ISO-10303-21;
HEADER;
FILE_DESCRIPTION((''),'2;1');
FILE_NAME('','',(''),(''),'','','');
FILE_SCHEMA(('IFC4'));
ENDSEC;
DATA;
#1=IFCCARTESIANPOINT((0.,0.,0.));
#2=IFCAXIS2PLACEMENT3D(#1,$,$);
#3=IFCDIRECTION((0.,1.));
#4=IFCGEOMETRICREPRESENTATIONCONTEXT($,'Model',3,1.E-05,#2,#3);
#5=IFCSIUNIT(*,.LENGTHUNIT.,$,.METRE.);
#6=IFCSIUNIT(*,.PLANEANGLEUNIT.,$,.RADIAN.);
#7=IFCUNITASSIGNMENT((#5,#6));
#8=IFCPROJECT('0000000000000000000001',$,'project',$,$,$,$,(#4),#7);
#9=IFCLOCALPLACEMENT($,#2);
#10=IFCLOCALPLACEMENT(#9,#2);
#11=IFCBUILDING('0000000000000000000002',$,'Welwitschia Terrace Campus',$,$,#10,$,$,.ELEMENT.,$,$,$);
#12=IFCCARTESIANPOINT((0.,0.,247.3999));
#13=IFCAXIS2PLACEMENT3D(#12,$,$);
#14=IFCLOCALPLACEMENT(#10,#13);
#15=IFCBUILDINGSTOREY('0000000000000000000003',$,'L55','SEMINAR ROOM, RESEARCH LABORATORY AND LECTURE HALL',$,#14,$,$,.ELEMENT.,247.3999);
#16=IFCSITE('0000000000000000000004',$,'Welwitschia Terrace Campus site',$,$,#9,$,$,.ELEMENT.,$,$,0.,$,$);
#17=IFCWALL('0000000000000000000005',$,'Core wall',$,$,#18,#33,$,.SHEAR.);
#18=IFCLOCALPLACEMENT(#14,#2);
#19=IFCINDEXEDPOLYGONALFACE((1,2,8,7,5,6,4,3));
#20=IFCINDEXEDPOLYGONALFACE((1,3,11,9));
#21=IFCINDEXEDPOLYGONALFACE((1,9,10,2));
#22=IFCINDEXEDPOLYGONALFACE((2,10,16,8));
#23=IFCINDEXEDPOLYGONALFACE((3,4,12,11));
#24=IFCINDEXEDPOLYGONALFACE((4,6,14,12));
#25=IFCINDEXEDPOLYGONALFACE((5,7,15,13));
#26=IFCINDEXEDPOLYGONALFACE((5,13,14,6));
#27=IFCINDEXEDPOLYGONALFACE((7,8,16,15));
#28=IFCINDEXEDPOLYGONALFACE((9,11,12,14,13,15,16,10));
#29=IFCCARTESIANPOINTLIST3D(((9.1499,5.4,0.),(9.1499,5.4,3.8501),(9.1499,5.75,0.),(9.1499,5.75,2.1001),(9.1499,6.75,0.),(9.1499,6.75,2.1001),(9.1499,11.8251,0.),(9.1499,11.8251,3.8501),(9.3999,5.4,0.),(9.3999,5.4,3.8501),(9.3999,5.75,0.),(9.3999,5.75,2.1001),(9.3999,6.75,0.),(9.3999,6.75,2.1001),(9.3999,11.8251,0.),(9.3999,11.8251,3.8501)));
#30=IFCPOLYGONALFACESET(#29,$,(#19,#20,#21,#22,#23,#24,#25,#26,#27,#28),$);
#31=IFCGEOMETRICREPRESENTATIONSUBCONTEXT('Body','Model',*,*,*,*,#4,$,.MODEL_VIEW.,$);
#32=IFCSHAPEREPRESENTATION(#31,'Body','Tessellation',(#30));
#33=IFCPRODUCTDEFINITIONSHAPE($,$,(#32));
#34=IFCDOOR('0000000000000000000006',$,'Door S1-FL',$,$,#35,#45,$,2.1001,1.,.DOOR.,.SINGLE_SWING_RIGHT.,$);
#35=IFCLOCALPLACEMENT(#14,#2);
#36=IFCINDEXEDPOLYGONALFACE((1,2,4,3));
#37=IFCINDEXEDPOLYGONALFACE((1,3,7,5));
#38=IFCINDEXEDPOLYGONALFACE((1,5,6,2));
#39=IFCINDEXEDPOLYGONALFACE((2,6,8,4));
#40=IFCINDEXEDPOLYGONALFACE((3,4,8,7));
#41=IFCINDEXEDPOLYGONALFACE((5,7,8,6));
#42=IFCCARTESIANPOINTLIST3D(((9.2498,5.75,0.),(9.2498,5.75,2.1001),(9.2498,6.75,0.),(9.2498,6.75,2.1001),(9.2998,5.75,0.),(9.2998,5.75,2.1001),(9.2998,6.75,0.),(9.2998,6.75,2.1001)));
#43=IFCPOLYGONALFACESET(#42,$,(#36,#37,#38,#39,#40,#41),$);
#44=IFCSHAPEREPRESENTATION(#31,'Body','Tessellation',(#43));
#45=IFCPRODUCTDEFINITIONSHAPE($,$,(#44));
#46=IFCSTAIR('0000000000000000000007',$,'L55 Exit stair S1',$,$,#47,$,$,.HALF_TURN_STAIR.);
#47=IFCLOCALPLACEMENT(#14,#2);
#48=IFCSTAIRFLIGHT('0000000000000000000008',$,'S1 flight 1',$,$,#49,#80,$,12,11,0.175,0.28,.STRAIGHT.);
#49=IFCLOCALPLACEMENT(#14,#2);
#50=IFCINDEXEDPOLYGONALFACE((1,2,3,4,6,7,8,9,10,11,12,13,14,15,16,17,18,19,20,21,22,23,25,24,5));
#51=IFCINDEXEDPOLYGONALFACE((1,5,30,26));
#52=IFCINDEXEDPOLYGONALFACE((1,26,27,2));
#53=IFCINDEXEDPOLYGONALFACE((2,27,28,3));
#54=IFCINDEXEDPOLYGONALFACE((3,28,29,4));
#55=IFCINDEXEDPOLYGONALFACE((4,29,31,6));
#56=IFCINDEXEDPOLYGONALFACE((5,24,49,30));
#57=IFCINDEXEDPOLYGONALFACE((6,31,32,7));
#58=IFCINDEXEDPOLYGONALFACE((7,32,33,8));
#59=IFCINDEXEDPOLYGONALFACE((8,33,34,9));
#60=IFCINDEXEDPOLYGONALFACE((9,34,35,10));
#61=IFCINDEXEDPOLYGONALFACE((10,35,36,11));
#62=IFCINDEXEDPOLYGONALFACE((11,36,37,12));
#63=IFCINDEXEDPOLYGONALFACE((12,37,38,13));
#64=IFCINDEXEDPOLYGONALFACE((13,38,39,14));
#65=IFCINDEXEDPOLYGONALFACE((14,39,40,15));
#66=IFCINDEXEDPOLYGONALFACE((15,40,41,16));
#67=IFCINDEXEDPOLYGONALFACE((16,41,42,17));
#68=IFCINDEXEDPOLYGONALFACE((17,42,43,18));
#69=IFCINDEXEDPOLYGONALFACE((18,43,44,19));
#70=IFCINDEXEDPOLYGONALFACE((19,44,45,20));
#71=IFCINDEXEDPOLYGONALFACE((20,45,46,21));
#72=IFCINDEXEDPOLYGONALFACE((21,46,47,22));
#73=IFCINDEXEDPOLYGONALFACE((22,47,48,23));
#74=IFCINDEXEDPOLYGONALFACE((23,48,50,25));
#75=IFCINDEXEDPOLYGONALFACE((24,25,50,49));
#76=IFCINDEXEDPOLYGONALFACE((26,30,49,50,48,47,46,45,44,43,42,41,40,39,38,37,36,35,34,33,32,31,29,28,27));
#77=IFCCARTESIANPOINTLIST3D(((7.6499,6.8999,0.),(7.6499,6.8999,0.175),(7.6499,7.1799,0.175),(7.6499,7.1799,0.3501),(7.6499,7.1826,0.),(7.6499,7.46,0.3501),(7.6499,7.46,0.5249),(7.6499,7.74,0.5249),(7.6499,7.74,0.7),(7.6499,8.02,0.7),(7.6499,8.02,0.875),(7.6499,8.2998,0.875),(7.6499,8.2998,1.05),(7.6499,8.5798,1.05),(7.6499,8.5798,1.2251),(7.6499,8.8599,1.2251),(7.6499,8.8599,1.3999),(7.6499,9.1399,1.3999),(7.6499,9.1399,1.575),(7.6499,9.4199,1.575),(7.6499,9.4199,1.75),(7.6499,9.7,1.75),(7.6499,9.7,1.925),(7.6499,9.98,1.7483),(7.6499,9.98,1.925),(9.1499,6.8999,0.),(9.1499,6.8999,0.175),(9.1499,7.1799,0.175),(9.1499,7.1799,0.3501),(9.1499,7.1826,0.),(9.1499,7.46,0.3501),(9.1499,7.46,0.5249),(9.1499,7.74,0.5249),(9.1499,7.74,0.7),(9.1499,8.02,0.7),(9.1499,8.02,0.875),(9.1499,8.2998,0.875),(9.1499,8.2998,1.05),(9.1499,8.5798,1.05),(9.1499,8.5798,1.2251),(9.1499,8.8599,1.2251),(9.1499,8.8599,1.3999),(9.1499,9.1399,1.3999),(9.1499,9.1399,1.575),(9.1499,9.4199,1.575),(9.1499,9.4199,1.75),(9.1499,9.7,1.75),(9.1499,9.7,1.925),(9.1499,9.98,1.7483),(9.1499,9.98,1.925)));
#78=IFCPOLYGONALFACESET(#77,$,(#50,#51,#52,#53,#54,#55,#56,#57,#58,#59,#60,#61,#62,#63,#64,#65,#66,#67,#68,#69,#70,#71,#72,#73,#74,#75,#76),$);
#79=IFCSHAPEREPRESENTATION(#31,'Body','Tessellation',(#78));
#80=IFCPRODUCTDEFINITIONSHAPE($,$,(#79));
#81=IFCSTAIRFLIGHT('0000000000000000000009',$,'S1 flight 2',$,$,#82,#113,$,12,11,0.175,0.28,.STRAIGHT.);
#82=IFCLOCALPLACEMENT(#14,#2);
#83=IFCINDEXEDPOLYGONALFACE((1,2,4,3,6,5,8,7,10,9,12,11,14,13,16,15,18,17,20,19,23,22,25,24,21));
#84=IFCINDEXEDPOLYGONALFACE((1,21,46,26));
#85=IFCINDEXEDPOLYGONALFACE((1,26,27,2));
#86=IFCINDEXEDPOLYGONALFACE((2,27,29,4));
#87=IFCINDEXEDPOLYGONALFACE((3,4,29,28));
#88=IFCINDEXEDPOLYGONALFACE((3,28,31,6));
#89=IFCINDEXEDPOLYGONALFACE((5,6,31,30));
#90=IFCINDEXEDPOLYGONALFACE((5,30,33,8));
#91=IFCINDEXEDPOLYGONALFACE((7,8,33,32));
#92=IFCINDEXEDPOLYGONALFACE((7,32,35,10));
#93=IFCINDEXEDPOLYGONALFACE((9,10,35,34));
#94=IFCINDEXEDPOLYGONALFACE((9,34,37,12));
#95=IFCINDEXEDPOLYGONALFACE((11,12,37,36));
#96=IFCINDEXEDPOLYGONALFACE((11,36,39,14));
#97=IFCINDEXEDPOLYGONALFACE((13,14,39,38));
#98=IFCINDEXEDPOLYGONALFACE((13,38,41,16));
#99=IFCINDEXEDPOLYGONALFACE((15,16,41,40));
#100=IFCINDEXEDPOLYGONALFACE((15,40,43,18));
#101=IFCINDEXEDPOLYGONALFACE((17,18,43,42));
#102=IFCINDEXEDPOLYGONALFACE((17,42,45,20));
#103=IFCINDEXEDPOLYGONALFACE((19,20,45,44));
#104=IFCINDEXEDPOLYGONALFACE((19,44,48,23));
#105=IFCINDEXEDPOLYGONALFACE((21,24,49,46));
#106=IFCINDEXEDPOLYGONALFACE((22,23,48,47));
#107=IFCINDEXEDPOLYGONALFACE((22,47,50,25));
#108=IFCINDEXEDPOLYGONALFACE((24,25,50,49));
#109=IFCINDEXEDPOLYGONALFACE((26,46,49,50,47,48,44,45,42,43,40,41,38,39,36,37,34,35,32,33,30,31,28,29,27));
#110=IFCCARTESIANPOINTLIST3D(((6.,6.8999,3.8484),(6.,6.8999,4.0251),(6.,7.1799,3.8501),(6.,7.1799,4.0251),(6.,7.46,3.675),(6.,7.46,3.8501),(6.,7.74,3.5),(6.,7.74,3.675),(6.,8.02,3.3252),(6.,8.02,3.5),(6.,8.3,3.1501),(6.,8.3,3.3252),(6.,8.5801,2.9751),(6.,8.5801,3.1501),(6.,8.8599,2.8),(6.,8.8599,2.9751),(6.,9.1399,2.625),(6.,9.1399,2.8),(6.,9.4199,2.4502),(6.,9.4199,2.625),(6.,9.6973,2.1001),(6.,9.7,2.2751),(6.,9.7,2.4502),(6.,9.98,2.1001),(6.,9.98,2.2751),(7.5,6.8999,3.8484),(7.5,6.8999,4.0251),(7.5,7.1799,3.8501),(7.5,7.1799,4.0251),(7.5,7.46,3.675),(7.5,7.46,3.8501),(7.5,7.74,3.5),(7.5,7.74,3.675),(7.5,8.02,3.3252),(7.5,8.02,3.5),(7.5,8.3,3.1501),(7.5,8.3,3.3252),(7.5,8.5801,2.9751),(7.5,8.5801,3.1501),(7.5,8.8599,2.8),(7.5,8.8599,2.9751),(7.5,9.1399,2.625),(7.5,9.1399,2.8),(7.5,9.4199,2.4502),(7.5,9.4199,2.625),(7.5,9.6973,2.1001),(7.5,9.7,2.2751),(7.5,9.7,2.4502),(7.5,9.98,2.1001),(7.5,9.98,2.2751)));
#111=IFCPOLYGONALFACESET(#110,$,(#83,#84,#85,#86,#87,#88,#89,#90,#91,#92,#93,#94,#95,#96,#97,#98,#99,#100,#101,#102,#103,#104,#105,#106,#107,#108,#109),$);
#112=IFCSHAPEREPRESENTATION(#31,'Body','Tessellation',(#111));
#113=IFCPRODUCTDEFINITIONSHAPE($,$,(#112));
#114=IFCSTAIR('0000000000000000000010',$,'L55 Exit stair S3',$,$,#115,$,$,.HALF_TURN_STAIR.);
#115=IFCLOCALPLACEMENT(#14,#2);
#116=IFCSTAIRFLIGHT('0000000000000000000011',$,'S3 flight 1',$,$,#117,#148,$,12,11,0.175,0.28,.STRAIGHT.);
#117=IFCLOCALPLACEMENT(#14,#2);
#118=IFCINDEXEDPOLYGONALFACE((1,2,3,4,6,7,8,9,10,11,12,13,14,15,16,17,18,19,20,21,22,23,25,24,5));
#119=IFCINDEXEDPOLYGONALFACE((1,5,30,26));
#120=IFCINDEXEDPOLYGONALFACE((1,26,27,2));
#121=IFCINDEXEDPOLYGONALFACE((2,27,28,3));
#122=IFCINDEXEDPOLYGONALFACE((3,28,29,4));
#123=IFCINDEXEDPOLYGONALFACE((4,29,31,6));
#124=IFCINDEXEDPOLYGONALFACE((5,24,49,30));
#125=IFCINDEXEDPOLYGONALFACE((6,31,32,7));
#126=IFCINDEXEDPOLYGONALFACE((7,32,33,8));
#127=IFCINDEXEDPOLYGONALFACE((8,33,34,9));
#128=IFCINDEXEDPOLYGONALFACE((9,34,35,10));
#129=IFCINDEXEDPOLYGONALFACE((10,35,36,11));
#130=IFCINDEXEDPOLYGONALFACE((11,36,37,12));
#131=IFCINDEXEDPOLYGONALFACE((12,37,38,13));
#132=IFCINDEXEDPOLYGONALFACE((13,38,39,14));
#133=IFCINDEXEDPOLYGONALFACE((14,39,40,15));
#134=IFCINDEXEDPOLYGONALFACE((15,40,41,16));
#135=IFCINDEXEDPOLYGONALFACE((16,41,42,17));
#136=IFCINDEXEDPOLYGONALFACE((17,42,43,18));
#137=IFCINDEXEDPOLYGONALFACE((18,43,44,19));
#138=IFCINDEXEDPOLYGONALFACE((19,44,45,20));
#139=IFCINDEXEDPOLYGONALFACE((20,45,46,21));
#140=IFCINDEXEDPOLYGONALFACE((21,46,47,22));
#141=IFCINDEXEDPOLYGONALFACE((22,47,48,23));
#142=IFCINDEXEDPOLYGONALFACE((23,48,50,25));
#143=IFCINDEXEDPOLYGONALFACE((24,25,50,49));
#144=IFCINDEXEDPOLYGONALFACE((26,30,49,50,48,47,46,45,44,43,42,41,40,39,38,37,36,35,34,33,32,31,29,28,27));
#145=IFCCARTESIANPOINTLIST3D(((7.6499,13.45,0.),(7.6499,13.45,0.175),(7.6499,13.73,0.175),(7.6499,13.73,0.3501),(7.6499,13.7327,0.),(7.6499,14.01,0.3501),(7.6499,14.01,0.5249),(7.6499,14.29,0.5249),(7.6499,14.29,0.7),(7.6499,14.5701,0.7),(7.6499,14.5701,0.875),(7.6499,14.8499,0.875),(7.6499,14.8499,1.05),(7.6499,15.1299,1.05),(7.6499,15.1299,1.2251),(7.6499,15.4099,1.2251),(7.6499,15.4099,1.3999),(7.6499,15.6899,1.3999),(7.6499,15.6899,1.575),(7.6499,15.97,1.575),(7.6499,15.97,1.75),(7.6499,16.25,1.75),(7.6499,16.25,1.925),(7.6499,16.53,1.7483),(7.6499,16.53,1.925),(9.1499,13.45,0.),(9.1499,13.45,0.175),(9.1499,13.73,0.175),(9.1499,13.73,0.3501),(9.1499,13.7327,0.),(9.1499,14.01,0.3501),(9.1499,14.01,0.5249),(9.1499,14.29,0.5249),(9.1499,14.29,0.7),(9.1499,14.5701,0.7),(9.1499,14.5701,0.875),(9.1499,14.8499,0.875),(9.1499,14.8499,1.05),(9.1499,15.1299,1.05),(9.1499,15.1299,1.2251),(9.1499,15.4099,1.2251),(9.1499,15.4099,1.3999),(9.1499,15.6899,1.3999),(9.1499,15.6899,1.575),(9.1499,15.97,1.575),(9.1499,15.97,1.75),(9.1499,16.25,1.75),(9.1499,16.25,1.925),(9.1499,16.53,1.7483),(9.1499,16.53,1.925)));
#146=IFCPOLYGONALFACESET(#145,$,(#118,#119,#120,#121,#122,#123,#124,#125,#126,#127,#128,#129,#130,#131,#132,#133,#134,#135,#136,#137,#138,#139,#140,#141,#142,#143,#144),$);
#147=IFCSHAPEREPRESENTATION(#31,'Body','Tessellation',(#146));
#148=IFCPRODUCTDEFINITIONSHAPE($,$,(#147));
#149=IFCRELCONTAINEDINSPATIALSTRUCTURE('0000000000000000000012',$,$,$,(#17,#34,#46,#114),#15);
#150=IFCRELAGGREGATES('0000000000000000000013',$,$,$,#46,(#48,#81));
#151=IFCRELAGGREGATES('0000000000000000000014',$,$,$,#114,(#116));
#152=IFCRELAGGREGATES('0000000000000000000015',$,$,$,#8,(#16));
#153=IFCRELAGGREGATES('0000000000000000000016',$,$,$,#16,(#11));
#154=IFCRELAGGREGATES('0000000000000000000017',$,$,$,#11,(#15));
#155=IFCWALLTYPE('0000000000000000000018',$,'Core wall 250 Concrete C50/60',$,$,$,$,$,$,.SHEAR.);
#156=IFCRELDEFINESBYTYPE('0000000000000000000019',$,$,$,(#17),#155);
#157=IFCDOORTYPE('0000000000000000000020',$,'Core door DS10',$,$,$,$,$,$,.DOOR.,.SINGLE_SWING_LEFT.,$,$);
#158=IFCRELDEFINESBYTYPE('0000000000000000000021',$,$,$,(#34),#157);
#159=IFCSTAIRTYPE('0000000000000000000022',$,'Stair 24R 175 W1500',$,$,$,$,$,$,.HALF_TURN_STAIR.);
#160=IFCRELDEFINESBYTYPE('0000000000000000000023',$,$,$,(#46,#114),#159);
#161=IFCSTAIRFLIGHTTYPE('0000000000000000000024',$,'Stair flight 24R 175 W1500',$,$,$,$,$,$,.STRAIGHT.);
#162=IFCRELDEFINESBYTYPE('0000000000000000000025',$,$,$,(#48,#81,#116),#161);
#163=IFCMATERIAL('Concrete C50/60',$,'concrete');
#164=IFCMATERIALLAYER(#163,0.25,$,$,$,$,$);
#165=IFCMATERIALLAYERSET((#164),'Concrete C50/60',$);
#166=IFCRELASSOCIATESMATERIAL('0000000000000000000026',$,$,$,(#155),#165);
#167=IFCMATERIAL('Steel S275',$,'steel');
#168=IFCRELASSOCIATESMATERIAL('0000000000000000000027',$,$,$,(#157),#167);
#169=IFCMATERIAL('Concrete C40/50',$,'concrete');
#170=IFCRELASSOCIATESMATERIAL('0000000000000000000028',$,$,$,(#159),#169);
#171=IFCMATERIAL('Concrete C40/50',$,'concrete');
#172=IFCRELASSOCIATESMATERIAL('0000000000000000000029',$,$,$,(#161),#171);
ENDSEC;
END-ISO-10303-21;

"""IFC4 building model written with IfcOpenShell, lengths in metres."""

from ifc_helpers import new_model, si_unit, direction, frame, frame_2d, origin, place, context, subcontext, project, spatial, polyline, rectangle, outline, extrude, material, layer, layer_set, type_object, element, fill, aggregate, save


model = new_model("IFC4")

# Units and contexts
model_context = context("Model", 3, precision=1e-05, world=origin(), true_north=direction((0.0, 1.0)))
body_context = subcontext(model_context, "Body", "Model", "MODEL_VIEW")
ifc_project = project(units=[si_unit("LENGTHUNIT", "METRE"), si_unit("PLANEANGLEUNIT", "RADIAN")], contexts=[model_context])

# Site, building, storey
site_placement = place(None, origin())
site = spatial("IfcSite", under=ifc_project, at=site_placement, Name="Welwitschia Terrace Campus site", CompositionType="ELEMENT", RefElevation=0.0)
building_placement = place(site_placement, origin())
building = spatial("IfcBuilding", under=site, at=building_placement, Name="Welwitschia Terrace Campus", CompositionType="ELEMENT")
storey_placement = place(building_placement, frame((0.0, 0.0, 247.3999)))
storey = spatial("IfcBuildingStorey", under=building, at=storey_placement, Name="L55", Description="SEMINAR ROOM, RESEARCH LABORATORY AND LECTURE HALL", CompositionType="ELEMENT", Elevation=247.3999)

# Shared definitions
ifc_material_1 = material(Name="Concrete C50/60", Category="concrete")
ifc_layer_1 = layer(ifc_material_1, 0.25)
ifc_layer_set_1 = layer_set([ifc_layer_1], Name="Concrete C50/60")
wall_type_1 = type_object("IfcWallType", Name="Core wall 250 Concrete C50/60", PredefinedType="SHEAR", material=ifc_layer_set_1)

# Wall, opening, door
wall_1_placement = place(storey_placement, frame((9.2749, 11.825, 0.0), z_axis=(0.0, 0.0, 1.0), x_axis=(0.0, -1.0, 0.0)))
wall_1 = element("IfcWall", 1, at=wall_1_placement, inside=storey, type_object=wall_type_1, Name="Core wall", PredefinedType="SHEAR", context=body_context, shape_type="SweptSolid", body=[
    extrude(rectangle(XDim=6.425, YDim=0.25, at=frame_2d((3.2124, 0.0))), origin(), (0.0, 0.0, 1.0), 3.8501),
])
opening_placement = place(wall_1_placement, frame((5.075, 0.0, 0.0)))
opening = element("IfcOpeningElement", 2, at=opening_placement, cuts=wall_1, PredefinedType="OPENING", context=body_context, shape_type="SweptSolid", body=[
    extrude(rectangle(XDim=1.0, YDim=2.1001, at=frame_2d((0.5, 1.05))), frame((0.0, 0.135, 0.0), z_axis=(0.0, -1.0, 0.0), x_axis=(1.0, 0.0, 0.0)), (0.0, 0.0, 1.0), 0.27),
])
ifc_material_2 = material(Name="Steel S275", Category="steel")
door_type = type_object("IfcDoorType", Name="Core door DS10", OperationType="SINGLE_SWING_LEFT", PredefinedType="DOOR", material=ifc_material_2)
door_placement = place(opening_placement, origin())
door = element("IfcDoor", 3, at=door_placement, inside=storey, type_object=door_type, Name="Door S1-FL", OperationType="SINGLE_SWING_RIGHT", OverallHeight=2.1001, OverallWidth=1.0, PredefinedType="DOOR", context=body_context, shape_type="SweptSolid", body=[
    extrude(rectangle(XDim=1.0, YDim=2.1001, at=frame_2d((0.5, 1.05))), frame((0.0, 0.0249, 0.0), z_axis=(0.0, -1.0, 0.0), x_axis=(1.0, 0.0, 0.0)), (0.0, 0.0, 1.0), 0.05),
])
fill(opening, door)

# Stair, stair flights
ifc_material_3 = material(Name="Concrete C40/50", Category="concrete")
stair_type = type_object("IfcStairType", Name="Stair 24R 175 W1500", PredefinedType="HALF_TURN_STAIR", material=ifc_material_3)
stair_1_placement = place(storey_placement, origin())
stair_1 = element("IfcStair", 4, at=stair_1_placement, inside=storey, type_object=stair_type, Name="L55 Exit stair S1", PredefinedType="HALF_TURN_STAIR")
ifc_material_4 = material(Name="Concrete C40/50", Category="concrete")
stair_flight_type = type_object("IfcStairFlightType", Name="Stair flight 24R 175 W1500", PredefinedType="STRAIGHT", material=ifc_material_4)
stair_flight_1_placement = place(storey_placement, frame((8.3999, 6.8999, 0.0), z_axis=(0.0, 0.0, 1.0), x_axis=(0.0, 1.0, 0.0)))
stair_flight_1 = element("IfcStairFlight", 5, at=stair_flight_1_placement, type_object=stair_flight_type, Name="S1 flight 1", NumberOfRisers=12, NumberOfTreads=11, PredefinedType="STRAIGHT", RiserHeight=0.175, TreadLength=0.28, context=body_context, shape_type="SweptSolid", body=[
    extrude(outline(polyline([(0.0, 0.0), (0.0, 0.175), (0.28, 0.175), (0.28, 0.3501), (0.5601, 0.3501), (0.5601, 0.5249), (0.8401, 0.5249), (0.8401, 0.7), (1.1201, 0.7), (1.1201, 0.875), (1.3999, 0.875), (1.3999, 1.05), (1.6799, 1.05), (1.6799, 1.2251), (1.96, 1.2251), (1.96, 1.3999), (2.24, 1.3999), (2.24, 1.575), (2.52, 1.575), (2.52, 1.75), (2.8, 1.75), (2.8, 1.925), (3.0801, 1.925), (3.0801, 2.1001), (3.0801, 1.7483), (0.2827, 0.0), (0.0, 0.0)])), frame((0.0, 0.75, 0.0), z_axis=(0.0, -1.0, 0.0), x_axis=(1.0, 0.0, 0.0)), (0.0, 0.0, 1.0), 1.5),
])
stair_flight_2_placement = place(storey_placement, frame((6.75, 9.98, 2.1001), z_axis=(0.0, 0.0, 1.0), x_axis=(0.0, -1.0, 0.0)))
stair_flight_2 = element("IfcStairFlight", 6, at=stair_flight_2_placement, type_object=stair_flight_type, Name="S1 flight 2", NumberOfRisers=12, NumberOfTreads=11, PredefinedType="STRAIGHT", RiserHeight=0.175, TreadLength=0.28, context=body_context, shape_type="SweptSolid", body=[
    extrude(outline(polyline([(0.0, 0.0), (0.0, 0.175), (0.28, 0.175), (0.28, 0.3501), (0.5601, 0.3501), (0.5601, 0.5249), (0.8401, 0.5249), (0.8401, 0.7), (1.1201, 0.7), (1.1201, 0.875), (1.3999, 0.875), (1.3999, 1.05), (1.6799, 1.05), (1.6799, 1.2251), (1.96, 1.2251), (1.96, 1.3999), (2.24, 1.3999), (2.24, 1.575), (2.52, 1.575), (2.52, 1.75), (2.8, 1.75), (2.8, 1.925), (3.0801, 1.925), (3.0801, 2.1001), (3.0801, 1.7483), (0.2827, 0.0), (0.0, 0.0)])), frame((0.0, 0.75, 0.0), z_axis=(0.0, -1.0, 0.0), x_axis=(1.0, 0.0, 0.0)), (0.0, 0.0, 1.0), 1.5),
])
aggregate(stair_1, [stair_flight_1, stair_flight_2])

# Stair, stair flight
stair_2_placement = place(storey_placement, origin())
stair_2 = element("IfcStair", 7, at=stair_2_placement, inside=storey, type_object=stair_type, Name="L55 Exit stair S3", PredefinedType="HALF_TURN_STAIR")
stair_flight_3_placement = place(storey_placement, frame((8.3999, 13.45, 0.0), z_axis=(0.0, 0.0, 1.0), x_axis=(0.0, 1.0, 0.0)))
stair_flight_3 = element("IfcStairFlight", 8, at=stair_flight_3_placement, type_object=stair_flight_type, Name="S3 flight 1", NumberOfRisers=12, NumberOfTreads=11, PredefinedType="STRAIGHT", RiserHeight=0.175, TreadLength=0.28, context=body_context, shape_type="SweptSolid", body=[
    extrude(outline(polyline([(0.0, 0.0), (0.0, 0.175), (0.28, 0.175), (0.28, 0.3501), (0.5601, 0.3501), (0.5601, 0.5249), (0.8401, 0.5249), (0.8401, 0.7), (1.1201, 0.7), (1.1201, 0.875), (1.3999, 0.875), (1.3999, 1.05), (1.6799, 1.05), (1.6799, 1.2251), (1.96, 1.2251), (1.96, 1.3999), (2.24, 1.3999), (2.24, 1.575), (2.52, 1.575), (2.52, 1.75), (2.8, 1.75), (2.8, 1.925), (3.0801, 1.925), (3.0801, 2.1001), (3.0801, 1.7483), (0.2827, 0.0), (0.0, 0.0)])), frame((0.0, 0.75, 0.0), z_axis=(0.0, -1.0, 0.0), x_axis=(1.0, 0.0, 0.0)), (0.0, 0.0, 1.0), 1.5),
])
aggregate(stair_2, [stair_flight_3])

save(model, "model.ifc")
